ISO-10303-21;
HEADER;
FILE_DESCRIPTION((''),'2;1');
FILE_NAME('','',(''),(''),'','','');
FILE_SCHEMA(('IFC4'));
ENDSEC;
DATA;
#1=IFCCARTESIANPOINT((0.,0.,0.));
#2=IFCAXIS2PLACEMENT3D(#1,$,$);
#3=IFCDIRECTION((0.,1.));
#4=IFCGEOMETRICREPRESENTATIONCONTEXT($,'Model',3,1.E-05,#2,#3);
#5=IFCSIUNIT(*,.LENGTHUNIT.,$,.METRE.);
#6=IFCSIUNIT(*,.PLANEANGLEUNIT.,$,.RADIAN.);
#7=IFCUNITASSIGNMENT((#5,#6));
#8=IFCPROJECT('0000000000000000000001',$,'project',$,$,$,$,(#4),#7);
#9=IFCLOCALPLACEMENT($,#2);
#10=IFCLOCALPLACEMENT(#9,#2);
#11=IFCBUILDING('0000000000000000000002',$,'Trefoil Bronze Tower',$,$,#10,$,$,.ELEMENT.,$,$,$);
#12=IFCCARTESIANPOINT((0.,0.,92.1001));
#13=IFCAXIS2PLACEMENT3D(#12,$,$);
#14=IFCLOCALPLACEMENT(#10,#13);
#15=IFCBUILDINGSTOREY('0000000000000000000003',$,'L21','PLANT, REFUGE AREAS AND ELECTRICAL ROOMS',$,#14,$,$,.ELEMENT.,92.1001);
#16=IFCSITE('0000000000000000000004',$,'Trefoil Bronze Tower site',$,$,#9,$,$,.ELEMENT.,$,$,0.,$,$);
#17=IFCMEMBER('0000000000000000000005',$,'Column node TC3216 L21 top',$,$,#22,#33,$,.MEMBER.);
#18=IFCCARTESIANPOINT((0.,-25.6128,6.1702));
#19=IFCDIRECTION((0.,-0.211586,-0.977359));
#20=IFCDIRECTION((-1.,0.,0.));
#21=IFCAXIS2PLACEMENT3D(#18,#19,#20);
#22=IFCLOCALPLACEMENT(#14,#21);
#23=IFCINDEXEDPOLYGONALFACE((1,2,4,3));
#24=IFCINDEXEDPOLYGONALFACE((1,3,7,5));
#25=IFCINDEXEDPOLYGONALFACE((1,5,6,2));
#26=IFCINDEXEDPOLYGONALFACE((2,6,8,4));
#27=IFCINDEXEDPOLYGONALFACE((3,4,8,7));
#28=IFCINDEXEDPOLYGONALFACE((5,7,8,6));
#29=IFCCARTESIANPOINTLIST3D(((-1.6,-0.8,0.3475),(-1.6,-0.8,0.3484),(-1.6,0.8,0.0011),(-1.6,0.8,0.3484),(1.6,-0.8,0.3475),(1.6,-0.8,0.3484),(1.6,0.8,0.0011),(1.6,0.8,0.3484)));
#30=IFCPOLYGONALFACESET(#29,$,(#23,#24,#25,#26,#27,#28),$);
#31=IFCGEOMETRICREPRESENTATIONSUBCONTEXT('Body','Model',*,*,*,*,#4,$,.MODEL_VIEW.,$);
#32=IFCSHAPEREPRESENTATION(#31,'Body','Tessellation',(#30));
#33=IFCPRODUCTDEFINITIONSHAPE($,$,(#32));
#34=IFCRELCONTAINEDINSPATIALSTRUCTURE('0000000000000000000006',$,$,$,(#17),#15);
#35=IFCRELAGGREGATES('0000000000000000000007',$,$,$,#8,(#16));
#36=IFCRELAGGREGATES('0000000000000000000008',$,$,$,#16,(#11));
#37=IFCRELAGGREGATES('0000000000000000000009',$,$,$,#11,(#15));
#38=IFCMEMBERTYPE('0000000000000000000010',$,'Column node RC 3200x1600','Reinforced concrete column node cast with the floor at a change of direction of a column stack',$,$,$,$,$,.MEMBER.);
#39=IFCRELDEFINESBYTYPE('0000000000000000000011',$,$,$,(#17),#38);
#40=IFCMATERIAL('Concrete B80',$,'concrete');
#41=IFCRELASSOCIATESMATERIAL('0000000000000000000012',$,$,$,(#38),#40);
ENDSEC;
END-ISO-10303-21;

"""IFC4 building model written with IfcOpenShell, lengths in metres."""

from ifc_helpers import new_model, si_unit, direction, frame, origin, origin_2d, place, context, subcontext, project, spatial, rectangle, extrude, clip, halfspace, material, material_profile, profile_set, type_object, element, save


model = new_model("IFC4")

# Units and contexts
model_context = context("Model", 3, precision=1e-05, world=origin(), true_north=direction((0.0, 1.0)))
body_context = subcontext(model_context, "Body", "Model", "MODEL_VIEW")
ifc_project = project(units=[si_unit("LENGTHUNIT", "METRE"), si_unit("PLANEANGLEUNIT", "RADIAN")], contexts=[model_context])

# Site, building, storey
site_placement = place(None, origin())
site = spatial("IfcSite", under=ifc_project, at=site_placement, Name="Trefoil Bronze Tower site", CompositionType="ELEMENT", RefElevation=0.0)
building_placement = place(site_placement, origin())
building = spatial("IfcBuilding", under=site, at=building_placement, Name="Trefoil Bronze Tower", CompositionType="ELEMENT")
storey_placement = place(building_placement, frame((0.0, 0.0, 92.1001)))
storey = spatial("IfcBuildingStorey", under=building, at=storey_placement, Name="L21", Description="PLANT, REFUGE AREAS AND ELECTRICAL ROOMS", CompositionType="ELEMENT", Elevation=92.1001)

# Member
ifc_material_1 = material(Name="Concrete B80", Category="concrete")
ifc_material_profile_1 = material_profile(ifc_material_1, rectangle(XDim=3.2, YDim=1.6001, at=origin_2d()), Name="RC 3200x1600")
ifc_profile_set_1 = profile_set([ifc_material_profile_1], Name="Concrete B80")
member_type_1 = type_object("IfcMemberType", Name="Column node RC 3200x1600", Description="Reinforced concrete column node cast with the floor at a change of direction of a column stack", PredefinedType="MEMBER", material=ifc_profile_set_1)
member_1_placement = place(storey_placement, frame((0.0, -25.6128, 6.1702), z_axis=(0.0, -0.211586, -0.977359), x_axis=(-1.0, 0.0, 0.0)))
element("IfcMember", 1, at=member_1_placement, inside=storey, type_object=member_type_1, Name="Column node TC3216 L21 top", PredefinedType="MEMBER", context=body_context, shape_type="Clipping", body=[
    clip(extrude(rectangle(XDim=3.2, YDim=1.6001, at=origin_2d()), origin(), (0.0, 0.0, 1.0), 0.3484), halfspace(frame((0.0, 0.0, 0.1743), z_axis=(0.0, 0.211586, 0.977359), x_axis=(0.0, 0.977359, -0.211586)), True)),
])

save(model, "model.ifc")
